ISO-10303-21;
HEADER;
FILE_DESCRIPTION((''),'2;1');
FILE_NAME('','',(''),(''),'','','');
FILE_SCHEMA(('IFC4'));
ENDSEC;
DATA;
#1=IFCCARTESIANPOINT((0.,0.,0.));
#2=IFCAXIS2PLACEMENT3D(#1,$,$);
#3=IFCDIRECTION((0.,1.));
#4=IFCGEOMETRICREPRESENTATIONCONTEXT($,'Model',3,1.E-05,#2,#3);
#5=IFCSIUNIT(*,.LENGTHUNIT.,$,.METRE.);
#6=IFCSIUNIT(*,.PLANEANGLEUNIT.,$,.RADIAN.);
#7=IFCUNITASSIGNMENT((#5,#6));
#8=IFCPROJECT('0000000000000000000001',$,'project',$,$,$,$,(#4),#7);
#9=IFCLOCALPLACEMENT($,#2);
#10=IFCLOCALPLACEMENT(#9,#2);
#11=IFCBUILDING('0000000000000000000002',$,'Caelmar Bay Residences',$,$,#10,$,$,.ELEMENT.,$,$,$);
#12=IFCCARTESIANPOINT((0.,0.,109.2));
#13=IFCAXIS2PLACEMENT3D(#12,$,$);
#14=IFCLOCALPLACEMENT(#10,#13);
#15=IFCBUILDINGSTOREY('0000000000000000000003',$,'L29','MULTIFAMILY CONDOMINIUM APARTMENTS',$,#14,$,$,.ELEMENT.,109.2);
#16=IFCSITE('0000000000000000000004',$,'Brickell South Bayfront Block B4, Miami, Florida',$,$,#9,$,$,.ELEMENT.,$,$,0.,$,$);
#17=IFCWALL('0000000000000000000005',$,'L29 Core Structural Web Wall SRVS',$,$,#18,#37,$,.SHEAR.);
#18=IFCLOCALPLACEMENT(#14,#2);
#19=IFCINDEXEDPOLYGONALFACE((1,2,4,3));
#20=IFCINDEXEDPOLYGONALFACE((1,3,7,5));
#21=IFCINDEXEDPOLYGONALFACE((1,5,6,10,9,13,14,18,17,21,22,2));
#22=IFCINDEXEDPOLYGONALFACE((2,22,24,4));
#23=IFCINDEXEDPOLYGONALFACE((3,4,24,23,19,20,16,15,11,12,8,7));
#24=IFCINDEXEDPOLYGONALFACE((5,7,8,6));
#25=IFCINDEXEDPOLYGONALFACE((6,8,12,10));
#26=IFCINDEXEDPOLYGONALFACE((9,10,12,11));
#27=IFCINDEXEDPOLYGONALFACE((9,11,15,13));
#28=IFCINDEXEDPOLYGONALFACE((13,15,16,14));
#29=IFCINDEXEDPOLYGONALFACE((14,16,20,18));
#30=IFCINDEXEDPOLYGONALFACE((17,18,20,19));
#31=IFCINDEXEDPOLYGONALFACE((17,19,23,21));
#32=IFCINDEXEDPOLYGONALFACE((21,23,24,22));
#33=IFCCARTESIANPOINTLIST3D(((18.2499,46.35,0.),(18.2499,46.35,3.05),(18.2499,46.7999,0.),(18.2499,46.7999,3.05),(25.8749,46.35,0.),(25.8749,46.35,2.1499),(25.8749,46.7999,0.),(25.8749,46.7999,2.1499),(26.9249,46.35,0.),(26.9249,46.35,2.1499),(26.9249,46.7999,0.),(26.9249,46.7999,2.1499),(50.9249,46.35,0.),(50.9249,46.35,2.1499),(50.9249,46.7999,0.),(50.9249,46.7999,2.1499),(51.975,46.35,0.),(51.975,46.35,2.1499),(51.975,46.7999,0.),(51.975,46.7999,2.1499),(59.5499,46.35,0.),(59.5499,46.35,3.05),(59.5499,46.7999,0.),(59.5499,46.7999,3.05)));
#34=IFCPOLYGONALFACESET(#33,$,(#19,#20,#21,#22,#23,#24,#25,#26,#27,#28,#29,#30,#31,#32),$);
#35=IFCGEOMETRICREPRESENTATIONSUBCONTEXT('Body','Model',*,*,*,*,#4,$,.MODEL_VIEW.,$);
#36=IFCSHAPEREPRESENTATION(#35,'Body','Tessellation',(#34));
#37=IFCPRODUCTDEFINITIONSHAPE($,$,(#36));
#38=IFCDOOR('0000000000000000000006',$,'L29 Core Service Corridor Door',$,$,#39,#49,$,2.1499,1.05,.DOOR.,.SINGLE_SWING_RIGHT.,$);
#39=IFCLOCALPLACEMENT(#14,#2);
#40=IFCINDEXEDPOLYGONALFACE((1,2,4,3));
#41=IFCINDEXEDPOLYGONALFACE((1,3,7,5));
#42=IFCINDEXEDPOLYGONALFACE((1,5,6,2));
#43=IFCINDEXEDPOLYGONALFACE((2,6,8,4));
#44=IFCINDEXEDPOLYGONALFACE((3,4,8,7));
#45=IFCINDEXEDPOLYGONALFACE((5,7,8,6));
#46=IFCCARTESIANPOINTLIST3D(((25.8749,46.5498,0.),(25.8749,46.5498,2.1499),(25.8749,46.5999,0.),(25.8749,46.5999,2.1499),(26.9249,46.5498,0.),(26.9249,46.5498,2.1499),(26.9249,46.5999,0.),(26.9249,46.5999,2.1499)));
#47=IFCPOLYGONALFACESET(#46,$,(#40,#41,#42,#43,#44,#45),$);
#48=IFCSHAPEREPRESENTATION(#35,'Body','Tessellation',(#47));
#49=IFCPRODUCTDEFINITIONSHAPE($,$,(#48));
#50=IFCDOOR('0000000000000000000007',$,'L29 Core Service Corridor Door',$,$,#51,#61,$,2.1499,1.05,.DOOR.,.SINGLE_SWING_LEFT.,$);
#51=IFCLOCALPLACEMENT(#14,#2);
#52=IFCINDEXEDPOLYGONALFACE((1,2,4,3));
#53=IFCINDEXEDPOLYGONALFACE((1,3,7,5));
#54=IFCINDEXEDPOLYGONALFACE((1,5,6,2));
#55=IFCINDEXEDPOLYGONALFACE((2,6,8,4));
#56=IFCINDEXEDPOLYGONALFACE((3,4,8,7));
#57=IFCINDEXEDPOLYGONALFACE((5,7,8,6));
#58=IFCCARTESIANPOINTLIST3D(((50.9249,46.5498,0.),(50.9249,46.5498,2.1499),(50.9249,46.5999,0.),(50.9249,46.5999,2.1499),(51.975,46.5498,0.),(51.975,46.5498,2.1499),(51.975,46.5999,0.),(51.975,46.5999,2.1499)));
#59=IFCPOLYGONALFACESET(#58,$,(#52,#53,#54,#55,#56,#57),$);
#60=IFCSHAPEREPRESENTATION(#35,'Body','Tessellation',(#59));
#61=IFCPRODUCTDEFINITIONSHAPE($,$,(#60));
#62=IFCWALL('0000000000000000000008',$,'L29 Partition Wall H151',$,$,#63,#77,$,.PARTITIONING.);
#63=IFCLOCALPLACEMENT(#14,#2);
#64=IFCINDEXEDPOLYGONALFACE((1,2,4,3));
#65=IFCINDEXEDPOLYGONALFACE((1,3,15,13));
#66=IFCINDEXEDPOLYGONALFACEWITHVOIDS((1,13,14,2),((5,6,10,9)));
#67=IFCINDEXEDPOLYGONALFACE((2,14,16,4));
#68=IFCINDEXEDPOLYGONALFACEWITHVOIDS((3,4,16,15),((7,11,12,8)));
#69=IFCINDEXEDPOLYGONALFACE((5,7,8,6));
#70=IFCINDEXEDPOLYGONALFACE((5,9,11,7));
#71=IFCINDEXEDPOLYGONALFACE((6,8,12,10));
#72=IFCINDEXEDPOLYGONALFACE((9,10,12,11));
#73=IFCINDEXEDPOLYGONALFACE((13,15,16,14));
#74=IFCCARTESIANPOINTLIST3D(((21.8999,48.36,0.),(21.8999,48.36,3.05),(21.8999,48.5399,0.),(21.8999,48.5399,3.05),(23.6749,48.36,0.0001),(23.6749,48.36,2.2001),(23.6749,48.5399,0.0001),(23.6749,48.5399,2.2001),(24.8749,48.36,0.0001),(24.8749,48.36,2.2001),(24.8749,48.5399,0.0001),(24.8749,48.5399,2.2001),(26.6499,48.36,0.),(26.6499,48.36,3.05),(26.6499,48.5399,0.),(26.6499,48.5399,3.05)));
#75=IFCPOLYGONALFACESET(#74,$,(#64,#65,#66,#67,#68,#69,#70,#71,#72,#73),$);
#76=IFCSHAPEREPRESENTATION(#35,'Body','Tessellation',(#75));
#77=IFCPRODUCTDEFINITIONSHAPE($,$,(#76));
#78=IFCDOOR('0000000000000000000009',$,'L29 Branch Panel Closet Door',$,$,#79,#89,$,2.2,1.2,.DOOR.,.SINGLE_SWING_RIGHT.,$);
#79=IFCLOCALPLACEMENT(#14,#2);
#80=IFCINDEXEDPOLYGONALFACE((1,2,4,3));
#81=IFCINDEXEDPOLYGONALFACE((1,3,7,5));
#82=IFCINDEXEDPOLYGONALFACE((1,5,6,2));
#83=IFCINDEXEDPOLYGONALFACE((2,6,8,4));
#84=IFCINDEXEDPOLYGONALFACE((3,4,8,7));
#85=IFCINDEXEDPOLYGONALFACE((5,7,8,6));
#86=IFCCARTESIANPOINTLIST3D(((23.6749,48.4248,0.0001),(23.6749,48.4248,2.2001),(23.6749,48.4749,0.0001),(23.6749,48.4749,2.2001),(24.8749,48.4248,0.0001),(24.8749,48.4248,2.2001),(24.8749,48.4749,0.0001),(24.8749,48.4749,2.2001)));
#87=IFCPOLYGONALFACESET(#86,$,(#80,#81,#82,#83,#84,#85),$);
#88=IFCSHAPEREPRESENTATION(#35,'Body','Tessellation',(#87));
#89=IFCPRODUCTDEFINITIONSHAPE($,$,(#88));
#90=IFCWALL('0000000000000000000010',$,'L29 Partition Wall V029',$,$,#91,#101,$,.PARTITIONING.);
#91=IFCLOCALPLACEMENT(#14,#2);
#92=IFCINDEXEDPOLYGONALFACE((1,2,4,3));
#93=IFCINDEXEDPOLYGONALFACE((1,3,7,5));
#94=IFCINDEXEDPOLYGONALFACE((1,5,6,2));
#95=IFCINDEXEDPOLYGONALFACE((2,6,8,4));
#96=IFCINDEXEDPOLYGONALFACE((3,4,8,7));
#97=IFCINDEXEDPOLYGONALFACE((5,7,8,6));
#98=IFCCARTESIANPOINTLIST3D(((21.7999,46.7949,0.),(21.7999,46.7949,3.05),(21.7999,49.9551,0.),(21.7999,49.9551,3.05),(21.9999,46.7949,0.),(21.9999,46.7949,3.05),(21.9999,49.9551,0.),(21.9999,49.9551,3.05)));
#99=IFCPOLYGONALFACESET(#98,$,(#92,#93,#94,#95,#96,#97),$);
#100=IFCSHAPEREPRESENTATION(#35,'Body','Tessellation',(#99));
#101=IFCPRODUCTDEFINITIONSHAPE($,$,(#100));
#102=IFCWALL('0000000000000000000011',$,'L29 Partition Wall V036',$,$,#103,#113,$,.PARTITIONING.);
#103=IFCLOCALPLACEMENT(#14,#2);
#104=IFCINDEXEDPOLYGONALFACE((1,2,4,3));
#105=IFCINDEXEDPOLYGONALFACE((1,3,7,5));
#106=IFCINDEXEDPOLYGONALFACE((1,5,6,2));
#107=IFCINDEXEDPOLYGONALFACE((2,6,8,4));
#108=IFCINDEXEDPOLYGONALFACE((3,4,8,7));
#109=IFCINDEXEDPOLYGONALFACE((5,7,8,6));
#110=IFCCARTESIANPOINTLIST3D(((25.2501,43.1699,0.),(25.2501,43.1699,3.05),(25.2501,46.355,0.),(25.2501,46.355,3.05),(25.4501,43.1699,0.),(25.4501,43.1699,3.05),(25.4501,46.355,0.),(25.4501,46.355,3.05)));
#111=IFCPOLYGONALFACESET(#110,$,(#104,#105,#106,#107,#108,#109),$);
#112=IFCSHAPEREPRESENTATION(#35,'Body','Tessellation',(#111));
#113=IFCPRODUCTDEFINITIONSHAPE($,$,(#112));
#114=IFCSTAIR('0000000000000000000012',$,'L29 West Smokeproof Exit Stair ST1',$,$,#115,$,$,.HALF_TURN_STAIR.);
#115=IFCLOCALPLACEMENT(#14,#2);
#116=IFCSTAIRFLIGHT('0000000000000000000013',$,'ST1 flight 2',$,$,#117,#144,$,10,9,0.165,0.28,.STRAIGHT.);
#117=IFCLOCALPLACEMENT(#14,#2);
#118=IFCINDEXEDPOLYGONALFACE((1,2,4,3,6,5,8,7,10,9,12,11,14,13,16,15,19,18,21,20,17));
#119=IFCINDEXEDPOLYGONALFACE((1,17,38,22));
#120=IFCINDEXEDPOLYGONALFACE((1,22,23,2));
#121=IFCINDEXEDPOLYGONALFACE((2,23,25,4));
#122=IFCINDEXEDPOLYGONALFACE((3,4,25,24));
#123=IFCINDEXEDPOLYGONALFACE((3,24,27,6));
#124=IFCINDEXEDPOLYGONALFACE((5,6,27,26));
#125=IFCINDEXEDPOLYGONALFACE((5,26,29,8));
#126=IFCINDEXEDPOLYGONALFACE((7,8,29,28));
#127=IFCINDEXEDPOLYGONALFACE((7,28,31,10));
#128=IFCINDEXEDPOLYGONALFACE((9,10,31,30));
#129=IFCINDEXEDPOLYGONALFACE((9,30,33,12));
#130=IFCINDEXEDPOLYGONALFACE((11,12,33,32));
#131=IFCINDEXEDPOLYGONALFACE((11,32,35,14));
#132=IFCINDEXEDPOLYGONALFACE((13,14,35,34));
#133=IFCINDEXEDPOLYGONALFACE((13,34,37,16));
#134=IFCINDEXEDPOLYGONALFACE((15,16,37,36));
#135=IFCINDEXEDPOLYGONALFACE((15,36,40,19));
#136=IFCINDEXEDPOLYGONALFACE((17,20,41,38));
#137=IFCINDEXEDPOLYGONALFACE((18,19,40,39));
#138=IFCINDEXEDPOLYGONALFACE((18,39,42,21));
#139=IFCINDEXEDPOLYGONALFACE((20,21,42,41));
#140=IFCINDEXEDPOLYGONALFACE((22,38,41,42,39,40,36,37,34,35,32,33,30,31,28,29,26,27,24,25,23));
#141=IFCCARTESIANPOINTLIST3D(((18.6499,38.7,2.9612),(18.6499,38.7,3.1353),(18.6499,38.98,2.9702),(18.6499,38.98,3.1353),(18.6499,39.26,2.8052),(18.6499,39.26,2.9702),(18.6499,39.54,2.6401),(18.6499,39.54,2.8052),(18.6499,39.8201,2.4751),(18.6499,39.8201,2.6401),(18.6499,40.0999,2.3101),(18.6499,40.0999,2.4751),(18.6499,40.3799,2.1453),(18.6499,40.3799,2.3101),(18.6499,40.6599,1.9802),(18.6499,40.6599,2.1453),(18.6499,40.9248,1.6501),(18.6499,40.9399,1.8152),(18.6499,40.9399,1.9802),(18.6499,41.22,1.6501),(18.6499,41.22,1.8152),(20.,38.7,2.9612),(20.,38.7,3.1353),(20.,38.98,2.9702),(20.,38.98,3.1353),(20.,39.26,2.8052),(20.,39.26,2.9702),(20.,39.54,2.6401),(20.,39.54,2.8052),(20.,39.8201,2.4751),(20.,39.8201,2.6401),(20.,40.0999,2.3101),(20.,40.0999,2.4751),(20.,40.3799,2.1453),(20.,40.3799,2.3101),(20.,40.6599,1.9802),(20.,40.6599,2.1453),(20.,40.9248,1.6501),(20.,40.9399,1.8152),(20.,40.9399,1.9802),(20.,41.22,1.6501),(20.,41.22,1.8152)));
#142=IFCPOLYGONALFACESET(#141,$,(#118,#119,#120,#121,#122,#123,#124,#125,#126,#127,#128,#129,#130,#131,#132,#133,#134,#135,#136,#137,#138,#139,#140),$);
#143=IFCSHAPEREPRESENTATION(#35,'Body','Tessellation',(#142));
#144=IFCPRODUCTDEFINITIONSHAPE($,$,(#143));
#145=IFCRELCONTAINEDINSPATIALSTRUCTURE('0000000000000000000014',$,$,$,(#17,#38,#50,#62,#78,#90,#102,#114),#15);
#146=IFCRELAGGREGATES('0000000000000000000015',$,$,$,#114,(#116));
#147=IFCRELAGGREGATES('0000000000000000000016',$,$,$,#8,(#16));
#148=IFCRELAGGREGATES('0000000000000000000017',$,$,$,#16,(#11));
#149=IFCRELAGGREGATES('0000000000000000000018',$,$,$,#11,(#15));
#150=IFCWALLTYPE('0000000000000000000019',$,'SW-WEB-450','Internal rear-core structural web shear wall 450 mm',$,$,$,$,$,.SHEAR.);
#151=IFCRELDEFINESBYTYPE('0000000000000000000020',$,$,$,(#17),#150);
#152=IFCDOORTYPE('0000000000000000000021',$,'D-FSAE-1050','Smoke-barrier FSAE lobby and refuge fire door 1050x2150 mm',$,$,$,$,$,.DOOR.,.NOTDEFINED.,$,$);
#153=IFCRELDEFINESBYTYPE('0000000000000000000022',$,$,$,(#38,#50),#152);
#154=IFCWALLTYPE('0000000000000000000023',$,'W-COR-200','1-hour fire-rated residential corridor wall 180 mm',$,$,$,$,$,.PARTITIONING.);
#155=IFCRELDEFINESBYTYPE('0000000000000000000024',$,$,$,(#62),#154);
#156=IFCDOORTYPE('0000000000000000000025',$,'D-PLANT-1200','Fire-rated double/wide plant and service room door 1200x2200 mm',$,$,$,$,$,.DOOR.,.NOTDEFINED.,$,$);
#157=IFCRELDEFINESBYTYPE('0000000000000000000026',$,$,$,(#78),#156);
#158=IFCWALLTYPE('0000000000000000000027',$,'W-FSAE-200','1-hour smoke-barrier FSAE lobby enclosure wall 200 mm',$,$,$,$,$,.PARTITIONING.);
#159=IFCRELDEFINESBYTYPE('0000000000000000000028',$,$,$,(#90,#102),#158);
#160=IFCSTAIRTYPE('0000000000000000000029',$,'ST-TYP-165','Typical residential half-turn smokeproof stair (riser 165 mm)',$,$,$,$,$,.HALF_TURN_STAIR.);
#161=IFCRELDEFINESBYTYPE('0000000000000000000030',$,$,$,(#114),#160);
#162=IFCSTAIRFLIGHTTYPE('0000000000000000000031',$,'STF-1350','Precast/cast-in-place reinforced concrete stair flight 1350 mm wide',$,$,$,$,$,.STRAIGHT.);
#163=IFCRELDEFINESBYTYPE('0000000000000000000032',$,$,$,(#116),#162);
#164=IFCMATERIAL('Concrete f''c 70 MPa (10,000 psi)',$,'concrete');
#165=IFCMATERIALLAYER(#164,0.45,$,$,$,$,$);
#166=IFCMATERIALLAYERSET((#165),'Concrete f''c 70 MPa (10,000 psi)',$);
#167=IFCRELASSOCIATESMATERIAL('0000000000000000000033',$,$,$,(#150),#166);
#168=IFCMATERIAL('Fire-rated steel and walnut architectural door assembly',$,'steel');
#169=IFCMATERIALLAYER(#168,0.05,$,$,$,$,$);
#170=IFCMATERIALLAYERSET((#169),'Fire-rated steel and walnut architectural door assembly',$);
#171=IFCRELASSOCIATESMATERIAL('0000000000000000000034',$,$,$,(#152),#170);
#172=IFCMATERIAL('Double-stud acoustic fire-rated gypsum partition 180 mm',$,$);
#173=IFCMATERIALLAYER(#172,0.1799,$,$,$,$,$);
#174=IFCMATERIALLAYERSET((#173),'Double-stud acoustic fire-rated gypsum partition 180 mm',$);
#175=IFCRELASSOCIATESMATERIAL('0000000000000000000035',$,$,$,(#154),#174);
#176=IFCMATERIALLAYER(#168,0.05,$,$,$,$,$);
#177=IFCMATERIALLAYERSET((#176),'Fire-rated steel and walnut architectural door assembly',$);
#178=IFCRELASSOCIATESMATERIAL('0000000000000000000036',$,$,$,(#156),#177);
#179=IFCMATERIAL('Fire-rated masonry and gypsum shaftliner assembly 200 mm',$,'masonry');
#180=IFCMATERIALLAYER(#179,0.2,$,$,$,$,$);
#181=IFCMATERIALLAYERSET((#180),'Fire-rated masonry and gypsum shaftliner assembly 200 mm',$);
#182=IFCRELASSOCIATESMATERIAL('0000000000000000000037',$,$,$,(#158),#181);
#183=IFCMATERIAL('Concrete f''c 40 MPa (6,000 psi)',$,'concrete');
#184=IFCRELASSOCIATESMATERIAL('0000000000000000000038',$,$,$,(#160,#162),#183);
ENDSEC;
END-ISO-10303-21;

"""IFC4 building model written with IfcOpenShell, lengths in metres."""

from ifc_helpers import new_model, si_unit, direction, frame, frame_2d, origin, place, context, subcontext, project, spatial, polyline, rectangle, outline, extrude, material, layer, layer_set, type_object, element, fill, aggregate, save


model = new_model("IFC4")

# Units and contexts
model_context = context("Model", 3, precision=1e-05, world=origin(), true_north=direction((0.0, 1.0)))
body_context = subcontext(model_context, "Body", "Model", "MODEL_VIEW")
ifc_project = project(units=[si_unit("LENGTHUNIT", "METRE"), si_unit("PLANEANGLEUNIT", "RADIAN")], contexts=[model_context])

# Site, building, storey
site_placement = place(None, origin())
site = spatial("IfcSite", under=ifc_project, at=site_placement, Name="Brickell South Bayfront Block B4, Miami, Florida", CompositionType="ELEMENT", RefElevation=0.0)
building_placement = place(site_placement, origin())
building = spatial("IfcBuilding", under=site, at=building_placement, Name="Caelmar Bay Residences", CompositionType="ELEMENT")
storey_placement = place(building_placement, frame((0.0, 0.0, 109.2)))
storey = spatial("IfcBuildingStorey", under=building, at=storey_placement, Name="L29", Description="MULTIFAMILY CONDOMINIUM APARTMENTS", CompositionType="ELEMENT", Elevation=109.2)

# Wall, openings, doors
ifc_material_1 = material(Name="Concrete f'c 70 MPa (10,000 psi)", Category="concrete")
ifc_layer_1 = layer(ifc_material_1, 0.45)
ifc_layer_set_1 = layer_set([ifc_layer_1], Name="Concrete f'c 70 MPa (10,000 psi)")
wall_type_1 = type_object("IfcWallType", Name="SW-WEB-450", Description="Internal rear-core structural web shear wall 450 mm", PredefinedType="SHEAR", material=ifc_layer_set_1)
ifc_material_2 = material(Name="Fire-rated steel and walnut architectural door assembly", Category="steel")
ifc_layer_2 = layer(ifc_material_2, 0.05)
ifc_layer_set_2 = layer_set([ifc_layer_2], Name="Fire-rated steel and walnut architectural door assembly")
door_type_1 = type_object("IfcDoorType", Name="D-FSAE-1050", Description="Smoke-barrier FSAE lobby and refuge fire door 1050x2150 mm", OperationType="NOTDEFINED", PredefinedType="DOOR", material=ifc_layer_set_2)
wall_1_placement = place(storey_placement, frame((18.25, 46.575, 0.0), z_axis=(0.0, 0.0, 1.0), x_axis=(1.0, 0.0, 0.0)))
wall_1 = element("IfcWall", 1, at=wall_1_placement, inside=storey, type_object=wall_type_1, Name="L29 Core Structural Web Wall SRVS", PredefinedType="SHEAR", context=body_context, shape_type="SweptSolid", body=[
    extrude(rectangle(XDim=41.3, YDim=0.45, at=frame_2d((20.6499, 0.0))), origin(), (0.0, 0.0, 1.0), 3.05),
])
opening_1_placement = place(wall_1_placement, frame((7.625, 0.0, 0.0)))
opening_1 = element("IfcOpeningElement", 2, at=opening_1_placement, cuts=wall_1, PredefinedType="OPENING", context=body_context, shape_type="SweptSolid", body=[
    extrude(rectangle(XDim=1.05, YDim=2.1499, at=frame_2d((0.5249, 1.075))), frame((0.0, 0.2349, 0.0), z_axis=(0.0, -1.0, 0.0), x_axis=(1.0, 0.0, 0.0)), (0.0, 0.0, 1.0), 0.47),
])
opening_2_placement = place(wall_1_placement, frame((32.675, 0.0, 0.0)))
opening_2 = element("IfcOpeningElement", 3, at=opening_2_placement, cuts=wall_1, PredefinedType="OPENING", context=body_context, shape_type="SweptSolid", body=[
    extrude(rectangle(XDim=1.05, YDim=2.1499, at=frame_2d((0.5249, 1.075))), frame((0.0, 0.2349, 0.0), z_axis=(0.0, -1.0, 0.0), x_axis=(1.0, 0.0, 0.0)), (0.0, 0.0, 1.0), 0.47),
])
door_1_placement = place(opening_1_placement, origin())
door_1 = element("IfcDoor", 4, at=door_1_placement, inside=storey, type_object=door_type_1, Name="L29 Core Service Corridor Door", OperationType="SINGLE_SWING_RIGHT", OverallHeight=2.1499, OverallWidth=1.05, PredefinedType="DOOR", context=body_context, shape_type="SweptSolid", body=[
    extrude(rectangle(XDim=1.05, YDim=2.1499, at=frame_2d((0.5249, 1.075))), frame((0.0, 0.0249, 0.0), z_axis=(0.0, -1.0, 0.0), x_axis=(1.0, 0.0, 0.0)), (0.0, 0.0, 1.0), 0.05),
])
fill(opening_1, door_1)
door_2_placement = place(opening_2_placement, origin())
door_2 = element("IfcDoor", 5, at=door_2_placement, inside=storey, type_object=door_type_1, Name="L29 Core Service Corridor Door", OperationType="SINGLE_SWING_LEFT", OverallHeight=2.1499, OverallWidth=1.05, PredefinedType="DOOR", context=body_context, shape_type="SweptSolid", body=[
    extrude(rectangle(XDim=1.05, YDim=2.1499, at=frame_2d((0.5249, 1.075))), frame((0.0, 0.0249, 0.0), z_axis=(0.0, -1.0, 0.0), x_axis=(1.0, 0.0, 0.0)), (0.0, 0.0, 1.0), 0.05),
])
fill(opening_2, door_2)

# Wall, opening, door
ifc_material_3 = material(Name="Double-stud acoustic fire-rated gypsum partition 180 mm")
ifc_layer_3 = layer(ifc_material_3, 0.1799)
ifc_layer_set_3 = layer_set([ifc_layer_3], Name="Double-stud acoustic fire-rated gypsum partition 180 mm")
wall_type_2 = type_object("IfcWallType", Name="W-COR-200", Description="1-hour fire-rated residential corridor wall 180 mm", PredefinedType="PARTITIONING", material=ifc_layer_set_3)
wall_2_placement = place(storey_placement, frame((21.8999, 48.45, 0.0), z_axis=(0.0, 0.0, 1.0), x_axis=(1.0, 0.0, 0.0)))
wall_2 = element("IfcWall", 6, at=wall_2_placement, inside=storey, type_object=wall_type_2, Name="L29 Partition Wall H151", PredefinedType="PARTITIONING", context=body_context, shape_type="SweptSolid", body=[
    extrude(rectangle(XDim=4.75, YDim=0.1799, at=frame_2d((2.375, 0.0))), origin(), (0.0, 0.0, 1.0), 3.05),
])
opening_3_placement = place(wall_2_placement, frame((1.7749, 0.0, 0.0)))
opening_3 = element("IfcOpeningElement", 7, at=opening_3_placement, cuts=wall_2, PredefinedType="OPENING", context=body_context, shape_type="SweptSolid", body=[
    extrude(rectangle(XDim=1.2, YDim=2.2, at=frame_2d((0.6001, 1.1001))), frame((0.0, 0.0999, 0.0), z_axis=(0.0, -1.0, 0.0), x_axis=(1.0, 0.0, 0.0)), (0.0, 0.0, 1.0), 0.2),
])
ifc_layer_4 = layer(ifc_material_2, 0.05)
ifc_layer_set_4 = layer_set([ifc_layer_4], Name="Fire-rated steel and walnut architectural door assembly")
door_type_2 = type_object("IfcDoorType", Name="D-PLANT-1200", Description="Fire-rated double/wide plant and service room door 1200x2200 mm", OperationType="NOTDEFINED", PredefinedType="DOOR", material=ifc_layer_set_4)
door_3_placement = place(opening_3_placement, origin())
door_3 = element("IfcDoor", 8, at=door_3_placement, inside=storey, type_object=door_type_2, Name="L29 Branch Panel Closet Door", OperationType="SINGLE_SWING_RIGHT", OverallHeight=2.2, OverallWidth=1.2, PredefinedType="DOOR", context=body_context, shape_type="SweptSolid", body=[
    extrude(rectangle(XDim=1.2, YDim=2.2, at=frame_2d((0.6001, 1.1001))), frame((0.0, 0.0249, 0.0), z_axis=(0.0, -1.0, 0.0), x_axis=(1.0, 0.0, 0.0)), (0.0, 0.0, 1.0), 0.05),
])
fill(opening_3, door_3)

# Walls
ifc_material_4 = material(Name="Fire-rated masonry and gypsum shaftliner assembly 200 mm", Category="masonry")
ifc_layer_5 = layer(ifc_material_4, 0.2)
ifc_layer_set_5 = layer_set([ifc_layer_5], Name="Fire-rated masonry and gypsum shaftliner assembly 200 mm")
wall_type_3 = type_object("IfcWallType", Name="W-FSAE-200", Description="1-hour smoke-barrier FSAE lobby enclosure wall 200 mm", PredefinedType="PARTITIONING", material=ifc_layer_set_5)
wall_3_placement = place(storey_placement, frame((21.8999, 46.7949, 0.0), z_axis=(0.0, 0.0, 1.0), x_axis=(0.0, 1.0, 0.0)))
element("IfcWall", 9, at=wall_3_placement, inside=storey, type_object=wall_type_3, Name="L29 Partition Wall V029", PredefinedType="PARTITIONING", context=body_context, shape_type="SweptSolid", body=[
    extrude(rectangle(XDim=3.1602, YDim=0.2, at=frame_2d((1.5801, 0.0))), origin(), (0.0, 0.0, 1.0), 3.05),
])
wall_4_placement = place(storey_placement, frame((25.3501, 43.1699, 0.0), z_axis=(0.0, 0.0, 1.0), x_axis=(0.0, 1.0, 0.0)))
element("IfcWall", 10, at=wall_4_placement, inside=storey, type_object=wall_type_3, Name="L29 Partition Wall V036", PredefinedType="PARTITIONING", context=body_context, shape_type="SweptSolid", body=[
    extrude(rectangle(XDim=3.1851, YDim=0.2, at=frame_2d((1.5925, 0.0))), origin(), (0.0, 0.0, 1.0), 3.05),
])

# Stair, stair flight
ifc_material_5 = material(Name="Concrete f'c 40 MPa (6,000 psi)", Category="concrete")
stair_type = type_object("IfcStairType", Name="ST-TYP-165", Description="Typical residential half-turn smokeproof stair (riser 165 mm)", PredefinedType="HALF_TURN_STAIR", material=ifc_material_5)
stair_placement = place(storey_placement, origin())
stair = element("IfcStair", 11, at=stair_placement, inside=storey, type_object=stair_type, Name="L29 West Smokeproof Exit Stair ST1", PredefinedType="HALF_TURN_STAIR")
stair_flight_type = type_object("IfcStairFlightType", Name="STF-1350", Description="Precast/cast-in-place reinforced concrete stair flight 1350 mm wide", PredefinedType="STRAIGHT", material=ifc_material_5)
stair_flight_placement = place(storey_placement, frame((19.325, 41.22, 1.6501), z_axis=(0.0, 0.0, 1.0), x_axis=(0.0, -1.0, 0.0)))
stair_flight = element("IfcStairFlight", 12, at=stair_flight_placement, type_object=stair_flight_type, Name="ST1 flight 2", NumberOfRisers=10, NumberOfTreads=9, PredefinedType="STRAIGHT", RiserHeight=0.165, TreadLength=0.28, context=body_context, shape_type="SweptSolid", body=[
    extrude(outline(polyline([(0.0, 0.0), (0.0, 0.165), (0.28, 0.165), (0.28, 0.3301), (0.5601, 0.3301), (0.5601, 0.4951), (0.8401, 0.4951), (0.8401, 0.6599), (1.1201, 0.6599), (1.1201, 0.825), (1.3999, 0.825), (1.3999, 0.99), (1.6799, 0.99), (1.6799, 1.155), (1.96, 1.155), (1.96, 1.3201), (2.24, 1.3201), (2.24, 1.4851), (2.52, 1.4851), (2.52, 1.6499), (2.52, 1.311), (0.2952, 0.0), (0.0, 0.0)])), frame((0.0, 0.675, 0.0), z_axis=(0.0, -1.0, 0.0), x_axis=(1.0, 0.0, 0.0)), (0.0, 0.0, 1.0), 1.3501),
])
aggregate(stair, [stair_flight])

save(model, "model.ifc")
